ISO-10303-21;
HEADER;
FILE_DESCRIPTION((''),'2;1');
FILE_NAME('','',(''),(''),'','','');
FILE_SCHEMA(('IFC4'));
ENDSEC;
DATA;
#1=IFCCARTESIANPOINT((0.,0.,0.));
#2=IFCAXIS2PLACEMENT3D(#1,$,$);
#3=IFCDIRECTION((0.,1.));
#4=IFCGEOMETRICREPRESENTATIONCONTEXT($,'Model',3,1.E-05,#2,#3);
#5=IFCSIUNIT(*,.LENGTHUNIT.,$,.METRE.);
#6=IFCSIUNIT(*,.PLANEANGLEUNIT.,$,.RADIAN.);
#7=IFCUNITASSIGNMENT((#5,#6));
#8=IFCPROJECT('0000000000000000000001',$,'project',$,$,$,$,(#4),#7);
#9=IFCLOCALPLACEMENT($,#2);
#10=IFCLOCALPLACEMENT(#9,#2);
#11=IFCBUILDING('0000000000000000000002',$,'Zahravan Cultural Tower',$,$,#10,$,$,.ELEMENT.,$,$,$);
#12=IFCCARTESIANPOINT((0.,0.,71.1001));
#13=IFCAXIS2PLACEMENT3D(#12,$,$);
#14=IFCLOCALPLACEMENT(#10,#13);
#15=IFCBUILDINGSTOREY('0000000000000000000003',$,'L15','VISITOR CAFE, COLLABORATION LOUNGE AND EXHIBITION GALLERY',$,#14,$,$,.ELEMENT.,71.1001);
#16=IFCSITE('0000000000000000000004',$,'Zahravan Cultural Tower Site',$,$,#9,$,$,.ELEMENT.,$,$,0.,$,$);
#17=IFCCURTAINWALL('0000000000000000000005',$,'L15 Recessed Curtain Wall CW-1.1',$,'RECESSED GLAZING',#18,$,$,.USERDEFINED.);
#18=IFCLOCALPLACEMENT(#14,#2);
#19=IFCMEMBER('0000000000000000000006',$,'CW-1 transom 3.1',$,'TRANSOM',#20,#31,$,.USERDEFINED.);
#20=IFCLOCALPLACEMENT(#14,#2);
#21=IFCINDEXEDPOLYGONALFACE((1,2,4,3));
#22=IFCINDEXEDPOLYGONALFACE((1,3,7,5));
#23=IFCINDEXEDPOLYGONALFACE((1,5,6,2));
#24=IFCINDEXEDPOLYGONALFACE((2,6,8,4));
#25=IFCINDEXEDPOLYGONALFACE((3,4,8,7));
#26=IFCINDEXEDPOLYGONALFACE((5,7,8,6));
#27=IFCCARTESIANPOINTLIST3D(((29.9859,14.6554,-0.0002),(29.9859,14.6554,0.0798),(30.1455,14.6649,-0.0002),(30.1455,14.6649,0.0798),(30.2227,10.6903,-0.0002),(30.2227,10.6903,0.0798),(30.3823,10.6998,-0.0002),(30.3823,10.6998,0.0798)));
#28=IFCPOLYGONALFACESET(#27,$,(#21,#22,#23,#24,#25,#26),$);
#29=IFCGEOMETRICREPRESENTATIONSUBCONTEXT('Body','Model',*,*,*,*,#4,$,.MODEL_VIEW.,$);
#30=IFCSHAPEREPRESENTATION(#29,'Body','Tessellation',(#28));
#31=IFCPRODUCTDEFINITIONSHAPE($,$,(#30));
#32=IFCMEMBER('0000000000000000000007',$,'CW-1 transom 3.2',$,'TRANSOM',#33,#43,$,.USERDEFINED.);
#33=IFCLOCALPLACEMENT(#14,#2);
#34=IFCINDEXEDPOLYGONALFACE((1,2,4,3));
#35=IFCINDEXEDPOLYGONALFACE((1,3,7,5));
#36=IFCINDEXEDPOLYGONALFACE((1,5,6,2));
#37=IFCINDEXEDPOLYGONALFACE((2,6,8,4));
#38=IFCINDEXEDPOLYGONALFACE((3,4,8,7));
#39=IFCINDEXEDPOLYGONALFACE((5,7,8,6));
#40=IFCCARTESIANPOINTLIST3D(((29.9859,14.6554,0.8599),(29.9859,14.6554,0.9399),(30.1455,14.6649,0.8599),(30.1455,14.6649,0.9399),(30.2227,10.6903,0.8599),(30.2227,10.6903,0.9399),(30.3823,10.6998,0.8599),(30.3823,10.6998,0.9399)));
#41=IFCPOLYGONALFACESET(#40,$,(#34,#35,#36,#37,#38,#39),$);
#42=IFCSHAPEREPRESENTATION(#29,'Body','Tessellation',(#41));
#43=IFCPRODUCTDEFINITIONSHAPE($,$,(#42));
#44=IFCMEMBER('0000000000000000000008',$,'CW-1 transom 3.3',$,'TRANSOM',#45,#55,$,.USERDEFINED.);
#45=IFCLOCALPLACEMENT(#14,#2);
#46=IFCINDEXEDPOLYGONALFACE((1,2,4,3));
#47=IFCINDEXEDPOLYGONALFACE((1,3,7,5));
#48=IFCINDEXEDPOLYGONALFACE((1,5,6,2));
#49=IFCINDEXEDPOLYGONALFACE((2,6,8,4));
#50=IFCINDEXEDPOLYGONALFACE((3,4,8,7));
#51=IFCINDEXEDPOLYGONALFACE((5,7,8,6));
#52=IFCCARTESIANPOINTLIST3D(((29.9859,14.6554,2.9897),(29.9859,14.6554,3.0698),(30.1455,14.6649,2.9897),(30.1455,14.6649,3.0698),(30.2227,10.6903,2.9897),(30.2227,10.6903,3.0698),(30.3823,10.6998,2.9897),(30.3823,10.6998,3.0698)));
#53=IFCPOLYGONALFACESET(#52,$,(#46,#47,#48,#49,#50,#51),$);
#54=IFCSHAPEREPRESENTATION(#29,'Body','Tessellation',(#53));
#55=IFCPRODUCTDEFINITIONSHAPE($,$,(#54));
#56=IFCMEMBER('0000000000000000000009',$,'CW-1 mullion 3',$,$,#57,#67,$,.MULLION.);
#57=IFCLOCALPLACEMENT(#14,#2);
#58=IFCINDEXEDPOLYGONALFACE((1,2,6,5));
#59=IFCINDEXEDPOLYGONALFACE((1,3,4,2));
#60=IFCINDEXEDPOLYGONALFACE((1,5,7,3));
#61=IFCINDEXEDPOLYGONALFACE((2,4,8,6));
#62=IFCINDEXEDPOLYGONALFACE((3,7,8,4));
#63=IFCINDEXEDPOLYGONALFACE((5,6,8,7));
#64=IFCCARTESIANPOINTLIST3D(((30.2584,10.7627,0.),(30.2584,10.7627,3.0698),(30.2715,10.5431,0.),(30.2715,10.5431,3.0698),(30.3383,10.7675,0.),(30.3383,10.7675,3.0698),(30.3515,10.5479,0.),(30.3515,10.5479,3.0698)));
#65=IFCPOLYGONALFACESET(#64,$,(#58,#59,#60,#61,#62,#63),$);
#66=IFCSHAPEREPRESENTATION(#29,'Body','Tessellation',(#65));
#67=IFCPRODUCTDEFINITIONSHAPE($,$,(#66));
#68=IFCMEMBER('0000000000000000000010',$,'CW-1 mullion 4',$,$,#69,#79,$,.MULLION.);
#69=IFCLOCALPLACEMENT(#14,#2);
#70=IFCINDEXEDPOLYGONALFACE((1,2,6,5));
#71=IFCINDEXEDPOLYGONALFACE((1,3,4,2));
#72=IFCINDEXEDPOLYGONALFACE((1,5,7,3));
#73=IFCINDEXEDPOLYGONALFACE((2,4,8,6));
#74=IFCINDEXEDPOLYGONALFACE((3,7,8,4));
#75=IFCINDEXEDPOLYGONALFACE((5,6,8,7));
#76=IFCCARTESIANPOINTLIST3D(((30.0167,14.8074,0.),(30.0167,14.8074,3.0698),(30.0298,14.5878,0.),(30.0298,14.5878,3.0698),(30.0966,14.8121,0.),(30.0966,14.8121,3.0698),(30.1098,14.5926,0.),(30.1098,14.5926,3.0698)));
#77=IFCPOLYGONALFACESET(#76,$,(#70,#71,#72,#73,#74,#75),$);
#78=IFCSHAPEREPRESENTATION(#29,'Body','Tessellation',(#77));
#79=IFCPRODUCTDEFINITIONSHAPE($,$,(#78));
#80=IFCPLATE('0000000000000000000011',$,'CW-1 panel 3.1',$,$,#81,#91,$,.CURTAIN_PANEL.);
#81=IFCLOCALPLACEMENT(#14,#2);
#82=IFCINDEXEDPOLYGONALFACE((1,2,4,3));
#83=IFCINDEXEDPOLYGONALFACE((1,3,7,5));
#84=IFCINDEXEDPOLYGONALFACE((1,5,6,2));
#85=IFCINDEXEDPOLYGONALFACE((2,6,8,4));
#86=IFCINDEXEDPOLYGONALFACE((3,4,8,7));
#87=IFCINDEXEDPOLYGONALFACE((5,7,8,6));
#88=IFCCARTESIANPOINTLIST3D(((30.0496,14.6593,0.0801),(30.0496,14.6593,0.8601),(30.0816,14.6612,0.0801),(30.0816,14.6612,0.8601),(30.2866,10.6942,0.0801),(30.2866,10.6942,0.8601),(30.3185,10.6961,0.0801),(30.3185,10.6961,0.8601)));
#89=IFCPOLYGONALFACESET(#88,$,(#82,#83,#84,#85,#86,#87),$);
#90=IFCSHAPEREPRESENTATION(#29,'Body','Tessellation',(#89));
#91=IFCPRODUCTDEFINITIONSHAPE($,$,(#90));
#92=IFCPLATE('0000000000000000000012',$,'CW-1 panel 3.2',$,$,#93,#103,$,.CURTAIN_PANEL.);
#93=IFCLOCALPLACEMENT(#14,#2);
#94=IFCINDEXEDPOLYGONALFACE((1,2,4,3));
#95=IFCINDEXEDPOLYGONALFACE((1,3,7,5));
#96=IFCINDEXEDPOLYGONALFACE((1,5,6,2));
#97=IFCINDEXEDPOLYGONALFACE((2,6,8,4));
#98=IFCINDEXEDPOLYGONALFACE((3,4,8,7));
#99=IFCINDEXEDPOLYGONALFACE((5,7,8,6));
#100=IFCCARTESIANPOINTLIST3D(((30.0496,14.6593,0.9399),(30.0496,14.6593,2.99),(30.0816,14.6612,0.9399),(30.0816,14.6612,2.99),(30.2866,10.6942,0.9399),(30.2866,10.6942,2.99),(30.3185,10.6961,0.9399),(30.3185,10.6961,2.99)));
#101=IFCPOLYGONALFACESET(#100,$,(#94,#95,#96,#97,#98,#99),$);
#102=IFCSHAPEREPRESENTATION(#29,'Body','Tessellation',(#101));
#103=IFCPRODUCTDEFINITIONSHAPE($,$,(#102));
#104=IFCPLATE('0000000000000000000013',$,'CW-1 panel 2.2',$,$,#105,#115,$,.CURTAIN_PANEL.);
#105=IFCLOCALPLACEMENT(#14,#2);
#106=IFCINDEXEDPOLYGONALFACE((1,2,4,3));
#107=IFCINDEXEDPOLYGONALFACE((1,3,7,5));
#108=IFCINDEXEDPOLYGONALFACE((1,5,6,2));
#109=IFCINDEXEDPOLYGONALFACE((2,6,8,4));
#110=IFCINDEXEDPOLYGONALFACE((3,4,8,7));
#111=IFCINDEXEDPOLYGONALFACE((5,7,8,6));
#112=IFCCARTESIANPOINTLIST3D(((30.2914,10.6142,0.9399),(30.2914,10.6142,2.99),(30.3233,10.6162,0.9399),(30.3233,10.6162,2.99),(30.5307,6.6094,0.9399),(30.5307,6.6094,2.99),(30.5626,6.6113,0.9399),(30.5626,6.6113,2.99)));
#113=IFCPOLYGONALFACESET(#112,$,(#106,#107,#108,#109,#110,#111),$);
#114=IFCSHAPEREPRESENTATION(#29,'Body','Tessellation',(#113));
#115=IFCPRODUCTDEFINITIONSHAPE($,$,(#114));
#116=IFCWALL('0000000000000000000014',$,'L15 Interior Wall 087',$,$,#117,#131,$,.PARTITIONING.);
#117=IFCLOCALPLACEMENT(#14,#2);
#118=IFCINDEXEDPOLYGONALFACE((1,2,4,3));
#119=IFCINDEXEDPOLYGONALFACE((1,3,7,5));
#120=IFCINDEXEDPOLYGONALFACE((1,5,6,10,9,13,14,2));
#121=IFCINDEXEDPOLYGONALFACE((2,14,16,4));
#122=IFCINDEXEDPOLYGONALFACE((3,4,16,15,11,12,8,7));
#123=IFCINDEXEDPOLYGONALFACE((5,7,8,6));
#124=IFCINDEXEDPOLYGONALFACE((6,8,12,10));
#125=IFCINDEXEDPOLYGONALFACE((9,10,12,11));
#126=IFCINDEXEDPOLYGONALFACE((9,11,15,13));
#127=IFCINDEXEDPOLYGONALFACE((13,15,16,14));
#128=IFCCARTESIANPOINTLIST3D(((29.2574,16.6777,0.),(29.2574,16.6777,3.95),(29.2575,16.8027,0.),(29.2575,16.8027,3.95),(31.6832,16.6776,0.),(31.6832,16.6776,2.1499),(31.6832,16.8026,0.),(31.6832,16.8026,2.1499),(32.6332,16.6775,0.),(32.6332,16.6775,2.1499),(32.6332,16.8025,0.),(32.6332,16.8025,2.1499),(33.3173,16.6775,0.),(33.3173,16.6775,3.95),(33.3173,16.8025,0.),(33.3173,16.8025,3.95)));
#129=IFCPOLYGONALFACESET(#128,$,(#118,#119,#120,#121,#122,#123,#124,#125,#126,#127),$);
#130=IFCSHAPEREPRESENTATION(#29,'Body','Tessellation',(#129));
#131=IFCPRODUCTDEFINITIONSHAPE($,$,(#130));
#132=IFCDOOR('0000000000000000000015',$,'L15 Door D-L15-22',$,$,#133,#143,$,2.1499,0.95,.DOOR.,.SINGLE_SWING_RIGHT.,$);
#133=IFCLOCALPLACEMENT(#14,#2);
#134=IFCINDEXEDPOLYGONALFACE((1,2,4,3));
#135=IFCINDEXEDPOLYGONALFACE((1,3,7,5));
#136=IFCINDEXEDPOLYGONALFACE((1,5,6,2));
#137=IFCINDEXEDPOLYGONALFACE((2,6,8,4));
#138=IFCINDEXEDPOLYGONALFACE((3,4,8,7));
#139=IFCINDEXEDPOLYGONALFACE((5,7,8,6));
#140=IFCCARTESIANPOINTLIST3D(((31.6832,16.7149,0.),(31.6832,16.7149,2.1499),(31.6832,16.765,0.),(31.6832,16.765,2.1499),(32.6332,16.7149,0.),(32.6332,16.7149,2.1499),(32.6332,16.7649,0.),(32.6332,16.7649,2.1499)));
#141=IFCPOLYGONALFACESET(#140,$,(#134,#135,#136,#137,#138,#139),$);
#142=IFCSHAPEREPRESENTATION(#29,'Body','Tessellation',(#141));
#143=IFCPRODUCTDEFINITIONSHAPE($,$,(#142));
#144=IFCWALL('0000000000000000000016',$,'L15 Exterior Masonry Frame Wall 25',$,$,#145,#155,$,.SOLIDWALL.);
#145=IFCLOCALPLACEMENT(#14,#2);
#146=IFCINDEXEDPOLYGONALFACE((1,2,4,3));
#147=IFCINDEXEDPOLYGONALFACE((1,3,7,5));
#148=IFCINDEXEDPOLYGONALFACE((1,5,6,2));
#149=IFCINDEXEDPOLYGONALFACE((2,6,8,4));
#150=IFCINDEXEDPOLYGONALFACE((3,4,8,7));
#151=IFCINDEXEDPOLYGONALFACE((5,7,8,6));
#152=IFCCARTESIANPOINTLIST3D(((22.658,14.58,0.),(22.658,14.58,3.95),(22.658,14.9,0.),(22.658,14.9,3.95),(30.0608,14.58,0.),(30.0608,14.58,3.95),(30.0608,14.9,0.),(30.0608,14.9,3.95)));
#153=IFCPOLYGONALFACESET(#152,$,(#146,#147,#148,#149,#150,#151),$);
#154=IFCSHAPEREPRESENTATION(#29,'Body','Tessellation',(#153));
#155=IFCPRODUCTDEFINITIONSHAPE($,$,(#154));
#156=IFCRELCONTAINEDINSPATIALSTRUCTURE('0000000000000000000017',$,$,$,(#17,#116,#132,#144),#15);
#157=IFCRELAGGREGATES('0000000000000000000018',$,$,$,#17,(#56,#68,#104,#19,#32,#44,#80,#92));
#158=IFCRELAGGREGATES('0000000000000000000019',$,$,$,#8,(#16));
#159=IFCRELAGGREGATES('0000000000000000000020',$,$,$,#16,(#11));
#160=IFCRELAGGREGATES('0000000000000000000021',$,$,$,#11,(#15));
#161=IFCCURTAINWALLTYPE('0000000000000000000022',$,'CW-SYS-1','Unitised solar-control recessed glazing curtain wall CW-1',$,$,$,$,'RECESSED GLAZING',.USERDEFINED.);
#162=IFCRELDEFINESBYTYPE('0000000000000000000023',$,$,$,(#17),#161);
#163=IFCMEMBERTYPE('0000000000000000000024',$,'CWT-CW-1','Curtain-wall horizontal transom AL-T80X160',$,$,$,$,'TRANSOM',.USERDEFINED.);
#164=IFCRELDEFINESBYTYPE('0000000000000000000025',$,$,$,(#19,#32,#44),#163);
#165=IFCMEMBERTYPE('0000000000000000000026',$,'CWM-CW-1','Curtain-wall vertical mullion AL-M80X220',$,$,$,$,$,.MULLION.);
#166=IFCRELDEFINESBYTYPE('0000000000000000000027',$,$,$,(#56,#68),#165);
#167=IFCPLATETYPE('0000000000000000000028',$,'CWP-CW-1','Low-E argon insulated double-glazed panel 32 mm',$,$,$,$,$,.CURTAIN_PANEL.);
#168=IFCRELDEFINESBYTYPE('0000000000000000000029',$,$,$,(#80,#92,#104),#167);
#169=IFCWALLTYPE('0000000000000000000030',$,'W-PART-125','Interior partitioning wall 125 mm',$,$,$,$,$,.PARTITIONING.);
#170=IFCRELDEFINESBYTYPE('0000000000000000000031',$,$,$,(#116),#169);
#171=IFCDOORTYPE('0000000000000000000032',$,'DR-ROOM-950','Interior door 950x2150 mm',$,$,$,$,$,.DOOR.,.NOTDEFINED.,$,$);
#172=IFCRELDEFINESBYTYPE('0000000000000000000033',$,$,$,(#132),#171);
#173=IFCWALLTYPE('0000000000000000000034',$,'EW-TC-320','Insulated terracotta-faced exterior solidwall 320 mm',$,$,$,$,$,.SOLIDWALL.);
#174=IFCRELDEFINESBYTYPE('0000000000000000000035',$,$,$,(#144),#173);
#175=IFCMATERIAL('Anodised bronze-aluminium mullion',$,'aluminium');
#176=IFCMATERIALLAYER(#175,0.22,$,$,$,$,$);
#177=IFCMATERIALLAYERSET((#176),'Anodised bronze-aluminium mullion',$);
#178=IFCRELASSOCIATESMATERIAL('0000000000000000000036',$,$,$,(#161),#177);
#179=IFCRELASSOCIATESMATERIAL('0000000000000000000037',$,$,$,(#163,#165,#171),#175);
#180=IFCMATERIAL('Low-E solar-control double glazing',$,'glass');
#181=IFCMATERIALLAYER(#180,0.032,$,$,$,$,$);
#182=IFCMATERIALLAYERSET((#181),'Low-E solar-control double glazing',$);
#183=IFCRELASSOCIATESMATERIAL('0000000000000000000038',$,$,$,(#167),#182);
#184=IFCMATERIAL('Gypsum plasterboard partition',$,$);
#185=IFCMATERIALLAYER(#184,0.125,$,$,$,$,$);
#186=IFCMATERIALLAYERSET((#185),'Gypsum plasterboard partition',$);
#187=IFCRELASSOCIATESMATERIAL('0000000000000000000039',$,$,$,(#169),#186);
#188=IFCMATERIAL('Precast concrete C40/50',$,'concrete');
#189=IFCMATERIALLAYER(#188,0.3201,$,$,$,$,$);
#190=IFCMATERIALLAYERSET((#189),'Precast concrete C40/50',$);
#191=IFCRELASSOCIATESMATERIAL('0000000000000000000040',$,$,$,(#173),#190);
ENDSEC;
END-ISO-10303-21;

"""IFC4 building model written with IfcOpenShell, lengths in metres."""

from ifc_helpers import new_model, si_unit, direction, frame, frame_2d, origin, origin_2d, place, context, subcontext, project, spatial, rectangle, extrude, source, transform, mapped, material, layer, layer_set, material_profile, profile_set, type_object, element, fill, aggregate, save


model = new_model("IFC4")

# Units and contexts
model_context = context("Model", 3, precision=1e-05, world=origin(), true_north=direction((0.0, 1.0)))
body_context = subcontext(model_context, "Body", "Model", "MODEL_VIEW")
ifc_project = project(units=[si_unit("LENGTHUNIT", "METRE"), si_unit("PLANEANGLEUNIT", "RADIAN")], contexts=[model_context])

# Site, building, storey
site_placement = place(None, origin())
site = spatial("IfcSite", under=ifc_project, at=site_placement, Name="Zahravan Cultural Tower Site", CompositionType="ELEMENT", RefElevation=0.0)
building_placement = place(site_placement, origin())
building = spatial("IfcBuilding", under=site, at=building_placement, Name="Zahravan Cultural Tower", CompositionType="ELEMENT")
storey_placement = place(building_placement, frame((0.0, 0.0, 71.1001)))
storey = spatial("IfcBuildingStorey", under=building, at=storey_placement, Name="L15", Description="VISITOR CAFE, COLLABORATION LOUNGE AND EXHIBITION GALLERY", CompositionType="ELEMENT", Elevation=71.1001)

# Curtain wall, members, plates
ifc_material_1 = material(Name="Anodised bronze-aluminium mullion", Category="aluminium")
ifc_layer_1 = layer(ifc_material_1, 0.22)
ifc_layer_set_1 = layer_set([ifc_layer_1], Name="Anodised bronze-aluminium mullion")
curtain_wall_type = type_object("IfcCurtainWallType", Name="CW-SYS-1", Description="Unitised solar-control recessed glazing curtain wall CW-1", ElementType="RECESSED GLAZING", PredefinedType="USERDEFINED", material=ifc_layer_set_1)
curtain_wall_placement = place(storey_placement, origin())
curtain_wall = element("IfcCurtainWall", 1, at=curtain_wall_placement, inside=storey, type_object=curtain_wall_type, Name="L15 Recessed Curtain Wall CW-1.1", ObjectType="RECESSED GLAZING", PredefinedType="USERDEFINED")
ifc_material_profile_1 = material_profile(ifc_material_1, rectangle(XDim=0.1599, YDim=0.0801, at=origin_2d()), Name="AL-T80X160")
ifc_profile_set_1 = profile_set([ifc_material_profile_1], Name="Anodised bronze-aluminium mullion")
member_type_1 = type_object("IfcMemberType", Name="CWT-CW-1", Description="Curtain-wall horizontal transom AL-T80X160", ElementType="TRANSOM", PredefinedType="USERDEFINED", material=ifc_profile_set_1)
shared_shape_1 = source(origin(), body_context, "Body", "SweptSolid", [
    extrude(rectangle(XDim=0.1599, YDim=0.0801, at=origin_2d()), origin(), (0.0, 0.0, 1.0), 3.9722),
])
member_1_placement = place(storey_placement, frame((30.3025, 10.6951, 0.0398), z_axis=(-0.059619, 0.998221, 0.0), x_axis=(-0.998221, -0.059619, 0.0)))
member_1 = element("IfcMember", 2, at=member_1_placement, type_object=member_type_1, Name="CW-1 transom 3.1", ObjectType="TRANSOM", PredefinedType="USERDEFINED", context=body_context, shape_type="MappedRepresentation", body=[
    mapped(shared_shape_1, transform((0.0, 0.0, 0.0), x_axis=(1.0, 0.0, 0.0), y_axis=(0.0, 1.0, 0.0), z_axis=(0.0, 0.0, 1.0), scale=1.0)),
])
member_2_placement = place(storey_placement, frame((30.3025, 10.6951, 0.8999), z_axis=(-0.059619, 0.998221, 0.0), x_axis=(-0.998221, -0.059619, 0.0)))
member_2 = element("IfcMember", 3, at=member_2_placement, type_object=member_type_1, Name="CW-1 transom 3.2", ObjectType="TRANSOM", PredefinedType="USERDEFINED", context=body_context, shape_type="MappedRepresentation", body=[
    mapped(shared_shape_1, transform((0.0, 0.0, 0.0), x_axis=(1.0, 0.0, 0.0), y_axis=(0.0, 1.0, 0.0), z_axis=(0.0, 0.0, 1.0), scale=1.0)),
])
member_3_placement = place(storey_placement, frame((30.3025, 10.6951, 3.0298), z_axis=(-0.059619, 0.998221, 0.0), x_axis=(-0.998221, -0.059619, 0.0)))
member_3 = element("IfcMember", 4, at=member_3_placement, type_object=member_type_1, Name="CW-1 transom 3.3", ObjectType="TRANSOM", PredefinedType="USERDEFINED", context=body_context, shape_type="MappedRepresentation", body=[
    mapped(shared_shape_1, transform((0.0, 0.0, 0.0), x_axis=(1.0, 0.0, 0.0), y_axis=(0.0, 1.0, 0.0), z_axis=(0.0, 0.0, 1.0), scale=1.0)),
])
ifc_material_profile_2 = material_profile(ifc_material_1, rectangle(XDim=0.0801, YDim=0.22, at=origin_2d()), Name="AL-M80X220")
ifc_profile_set_2 = profile_set([ifc_material_profile_2], Name="Anodised bronze-aluminium mullion")
member_type_2 = type_object("IfcMemberType", Name="CWM-CW-1", Description="Curtain-wall vertical mullion AL-M80X220", PredefinedType="MULLION", material=ifc_profile_set_2)
shared_shape_2 = source(origin(), body_context, "Body", "SweptSolid", [
    extrude(rectangle(XDim=0.0801, YDim=0.22, at=origin_2d()), origin(), (0.0, 0.0, 1.0), 3.0698),
])
member_4_placement = place(storey_placement, frame((30.3049, 10.6553, 0.0), z_axis=(0.0, 0.0, 1.0), x_axis=(-0.998219, -0.059652, 0.0)))
member_4 = element("IfcMember", 5, at=member_4_placement, type_object=member_type_2, Name="CW-1 mullion 3", PredefinedType="MULLION", context=body_context, shape_type="MappedRepresentation", body=[
    mapped(shared_shape_2, transform((0.0, 0.0, 0.0), x_axis=(1.0, 0.0, 0.0), y_axis=(0.0, 1.0, 0.0), z_axis=(0.0, 0.0, 1.0), scale=1.0)),
])
member_5_placement = place(storey_placement, frame((30.0632, 14.7, 0.0), z_axis=(0.0, 0.0, 1.0), x_axis=(-0.998219, -0.059652, 0.0)))
member_5 = element("IfcMember", 6, at=member_5_placement, type_object=member_type_2, Name="CW-1 mullion 4", PredefinedType="MULLION", context=body_context, shape_type="MappedRepresentation", body=[
    mapped(shared_shape_2, transform((0.0, 0.0, 0.0), x_axis=(1.0, 0.0, 0.0), y_axis=(0.0, 1.0, 0.0), z_axis=(0.0, 0.0, 1.0), scale=1.0)),
])
ifc_material_2 = material(Name="Low-E solar-control double glazing", Category="glass")
ifc_layer_2 = layer(ifc_material_2, 0.032)
ifc_layer_set_2 = layer_set([ifc_layer_2], Name="Low-E solar-control double glazing")
plate_type = type_object("IfcPlateType", Name="CWP-CW-1", Description="Low-E argon insulated double-glazed panel 32 mm", PredefinedType="CURTAIN_PANEL", material=ifc_layer_set_2)
shared_shape_3 = source(origin(), body_context, "Body", "SweptSolid", [
    extrude(rectangle(XDim=3.9722, YDim=0.032, at=origin_2d()), origin(), (0.0, 0.0, 1.0), 0.78),
])
plate_1_placement = place(storey_placement, frame((30.1841, 12.6777, 0.0801), z_axis=(0.0, 0.0, 1.0), x_axis=(-0.059652, 0.998219, 0.0)))
plate_1 = element("IfcPlate", 7, at=plate_1_placement, type_object=plate_type, Name="CW-1 panel 3.1", PredefinedType="CURTAIN_PANEL", context=body_context, shape_type="MappedRepresentation", body=[
    mapped(shared_shape_3, transform((0.0, 0.0, 0.0), x_axis=(1.0, 0.0, 0.0), y_axis=(0.0, 1.0, 0.0), z_axis=(0.0, 0.0, 1.0), scale=1.0)),
])
shared_shape_4 = source(origin(), body_context, "Body", "SweptSolid", [
    extrude(rectangle(XDim=3.9722, YDim=0.032, at=origin_2d()), origin(), (0.0, 0.0, 1.0), 2.05),
])
plate_2_placement = place(storey_placement, frame((30.1841, 12.6777, 0.9399), z_axis=(0.0, 0.0, 1.0), x_axis=(-0.059652, 0.998219, 0.0)))
plate_2 = element("IfcPlate", 8, at=plate_2_placement, type_object=plate_type, Name="CW-1 panel 3.2", PredefinedType="CURTAIN_PANEL", context=body_context, shape_type="MappedRepresentation", body=[
    mapped(shared_shape_4, transform((0.0, 0.0, 0.0), x_axis=(1.0, 0.0, 0.0), y_axis=(0.0, 1.0, 0.0), z_axis=(0.0, 0.0, 1.0), scale=1.0)),
])
shared_shape_5 = source(origin(), body_context, "Body", "SweptSolid", [
    extrude(rectangle(XDim=4.012, YDim=0.032, at=origin_2d()), origin(), (0.0, 0.0, 1.0), 2.05),
])
plate_3_placement = place(storey_placement, frame((30.427, 8.6128, 0.9399), z_axis=(0.0, 0.0, 1.0), x_axis=(-0.059652, 0.998219, 0.0)))
plate_3 = element("IfcPlate", 9, at=plate_3_placement, type_object=plate_type, Name="CW-1 panel 2.2", PredefinedType="CURTAIN_PANEL", context=body_context, shape_type="MappedRepresentation", body=[
    mapped(shared_shape_5, transform((0.0, 0.0, 0.0), x_axis=(1.0, 0.0, 0.0), y_axis=(0.0, 1.0, 0.0), z_axis=(0.0, 0.0, 1.0), scale=1.0)),
])
aggregate(curtain_wall, [member_4, member_5, plate_3, member_1, member_2, member_3, plate_1, plate_2])

# Wall, opening, door
ifc_material_3 = material(Name="Gypsum plasterboard partition")
ifc_layer_3 = layer(ifc_material_3, 0.125)
ifc_layer_set_3 = layer_set([ifc_layer_3], Name="Gypsum plasterboard partition")
wall_type_1 = type_object("IfcWallType", Name="W-PART-125", Description="Interior partitioning wall 125 mm", PredefinedType="PARTITIONING", material=ifc_layer_set_3)
door_type_1 = type_object("IfcDoorType", Name="DR-ROOM-950", Description="Interior door 950x2150 mm", OperationType="NOTDEFINED", PredefinedType="DOOR", material=ifc_material_1)
shared_shape_6 = source(origin(), body_context, "Body", "SweptSolid", [
    extrude(rectangle(XDim=0.95, YDim=2.1499, at=frame_2d((0.4751, 1.075))), frame((0.0, 0.0249, 0.0), z_axis=(0.0, -1.0, 0.0), x_axis=(1.0, 0.0, 0.0)), (0.0, 0.0, 1.0), 0.05),
])
wall_1_placement = place(storey_placement, frame((29.2576, 16.7402, 0.0), z_axis=(0.0, 0.0, 1.0), x_axis=(1.0, -0.00006, 0.0)))
wall_1 = element("IfcWall", 10, at=wall_1_placement, inside=storey, type_object=wall_type_1, Name="L15 Interior Wall 087", PredefinedType="PARTITIONING", context=body_context, shape_type="SweptSolid", body=[
    extrude(rectangle(XDim=4.0598, YDim=0.125, at=frame_2d((2.0298, 0.0))), origin(), (0.0, 0.0, 1.0), 3.95),
])
opening_1_placement = place(wall_1_placement, frame((2.4255, 0.0, 0.0)))
opening_1 = element("IfcOpeningElement", 11, at=opening_1_placement, cuts=wall_1, PredefinedType="OPENING", context=body_context, shape_type="SweptSolid", body=[
    extrude(rectangle(XDim=0.95, YDim=2.1499, at=frame_2d((0.4751, 1.075))), frame((0.0, 0.0725, 0.0), z_axis=(0.0, -1.0, 0.0), x_axis=(1.0, 0.0, 0.0)), (0.0, 0.0, 1.0), 0.145),
])
door_1_placement = place(opening_1_placement, origin())
door_1 = element("IfcDoor", 12, at=door_1_placement, inside=storey, type_object=door_type_1, Name="L15 Door D-L15-22", OperationType="SINGLE_SWING_RIGHT", OverallHeight=2.1499, OverallWidth=0.95, PredefinedType="DOOR", context=body_context, shape_type="MappedRepresentation", body=[
    mapped(shared_shape_6, transform((0.0, 0.0, 0.0), x_axis=(1.0, 0.0, 0.0), y_axis=(0.0, 1.0, 0.0), z_axis=(0.0, 0.0, 1.0), scale=1.0)),
])
fill(opening_1, door_1)

# Wall
ifc_material_4 = material(Name="Precast concrete C40/50", Category="concrete")
ifc_layer_4 = layer(ifc_material_4, 0.3201)
ifc_layer_set_4 = layer_set([ifc_layer_4], Name="Precast concrete C40/50")
wall_type_2 = type_object("IfcWallType", Name="EW-TC-320", Description="Insulated terracotta-faced exterior solidwall 320 mm", PredefinedType="SOLIDWALL", material=ifc_layer_set_4)
shared_shape_7 = source(origin(), body_context, "Body", "SweptSolid", [
    extrude(rectangle(XDim=7.4028, YDim=0.3201, at=frame_2d((3.7014, 0.0))), origin(), (0.0, 0.0, 1.0), 3.95),
])
wall_2_placement = place(storey_placement, frame((30.0608, 14.74, 0.0), z_axis=(0.0, 0.0, 1.0), x_axis=(-1.0, 0.0, 0.0)))
element("IfcWall", 13, at=wall_2_placement, inside=storey, type_object=wall_type_2, Name="L15 Exterior Masonry Frame Wall 25", PredefinedType="SOLIDWALL", context=body_context, shape_type="MappedRepresentation", body=[
    mapped(shared_shape_7, transform((0.0, 0.0, 0.0), x_axis=(1.0, 0.0, 0.0), y_axis=(0.0, 1.0, 0.0), z_axis=(0.0, 0.0, 1.0), scale=1.0)),
])

save(model, "model.ifc")
